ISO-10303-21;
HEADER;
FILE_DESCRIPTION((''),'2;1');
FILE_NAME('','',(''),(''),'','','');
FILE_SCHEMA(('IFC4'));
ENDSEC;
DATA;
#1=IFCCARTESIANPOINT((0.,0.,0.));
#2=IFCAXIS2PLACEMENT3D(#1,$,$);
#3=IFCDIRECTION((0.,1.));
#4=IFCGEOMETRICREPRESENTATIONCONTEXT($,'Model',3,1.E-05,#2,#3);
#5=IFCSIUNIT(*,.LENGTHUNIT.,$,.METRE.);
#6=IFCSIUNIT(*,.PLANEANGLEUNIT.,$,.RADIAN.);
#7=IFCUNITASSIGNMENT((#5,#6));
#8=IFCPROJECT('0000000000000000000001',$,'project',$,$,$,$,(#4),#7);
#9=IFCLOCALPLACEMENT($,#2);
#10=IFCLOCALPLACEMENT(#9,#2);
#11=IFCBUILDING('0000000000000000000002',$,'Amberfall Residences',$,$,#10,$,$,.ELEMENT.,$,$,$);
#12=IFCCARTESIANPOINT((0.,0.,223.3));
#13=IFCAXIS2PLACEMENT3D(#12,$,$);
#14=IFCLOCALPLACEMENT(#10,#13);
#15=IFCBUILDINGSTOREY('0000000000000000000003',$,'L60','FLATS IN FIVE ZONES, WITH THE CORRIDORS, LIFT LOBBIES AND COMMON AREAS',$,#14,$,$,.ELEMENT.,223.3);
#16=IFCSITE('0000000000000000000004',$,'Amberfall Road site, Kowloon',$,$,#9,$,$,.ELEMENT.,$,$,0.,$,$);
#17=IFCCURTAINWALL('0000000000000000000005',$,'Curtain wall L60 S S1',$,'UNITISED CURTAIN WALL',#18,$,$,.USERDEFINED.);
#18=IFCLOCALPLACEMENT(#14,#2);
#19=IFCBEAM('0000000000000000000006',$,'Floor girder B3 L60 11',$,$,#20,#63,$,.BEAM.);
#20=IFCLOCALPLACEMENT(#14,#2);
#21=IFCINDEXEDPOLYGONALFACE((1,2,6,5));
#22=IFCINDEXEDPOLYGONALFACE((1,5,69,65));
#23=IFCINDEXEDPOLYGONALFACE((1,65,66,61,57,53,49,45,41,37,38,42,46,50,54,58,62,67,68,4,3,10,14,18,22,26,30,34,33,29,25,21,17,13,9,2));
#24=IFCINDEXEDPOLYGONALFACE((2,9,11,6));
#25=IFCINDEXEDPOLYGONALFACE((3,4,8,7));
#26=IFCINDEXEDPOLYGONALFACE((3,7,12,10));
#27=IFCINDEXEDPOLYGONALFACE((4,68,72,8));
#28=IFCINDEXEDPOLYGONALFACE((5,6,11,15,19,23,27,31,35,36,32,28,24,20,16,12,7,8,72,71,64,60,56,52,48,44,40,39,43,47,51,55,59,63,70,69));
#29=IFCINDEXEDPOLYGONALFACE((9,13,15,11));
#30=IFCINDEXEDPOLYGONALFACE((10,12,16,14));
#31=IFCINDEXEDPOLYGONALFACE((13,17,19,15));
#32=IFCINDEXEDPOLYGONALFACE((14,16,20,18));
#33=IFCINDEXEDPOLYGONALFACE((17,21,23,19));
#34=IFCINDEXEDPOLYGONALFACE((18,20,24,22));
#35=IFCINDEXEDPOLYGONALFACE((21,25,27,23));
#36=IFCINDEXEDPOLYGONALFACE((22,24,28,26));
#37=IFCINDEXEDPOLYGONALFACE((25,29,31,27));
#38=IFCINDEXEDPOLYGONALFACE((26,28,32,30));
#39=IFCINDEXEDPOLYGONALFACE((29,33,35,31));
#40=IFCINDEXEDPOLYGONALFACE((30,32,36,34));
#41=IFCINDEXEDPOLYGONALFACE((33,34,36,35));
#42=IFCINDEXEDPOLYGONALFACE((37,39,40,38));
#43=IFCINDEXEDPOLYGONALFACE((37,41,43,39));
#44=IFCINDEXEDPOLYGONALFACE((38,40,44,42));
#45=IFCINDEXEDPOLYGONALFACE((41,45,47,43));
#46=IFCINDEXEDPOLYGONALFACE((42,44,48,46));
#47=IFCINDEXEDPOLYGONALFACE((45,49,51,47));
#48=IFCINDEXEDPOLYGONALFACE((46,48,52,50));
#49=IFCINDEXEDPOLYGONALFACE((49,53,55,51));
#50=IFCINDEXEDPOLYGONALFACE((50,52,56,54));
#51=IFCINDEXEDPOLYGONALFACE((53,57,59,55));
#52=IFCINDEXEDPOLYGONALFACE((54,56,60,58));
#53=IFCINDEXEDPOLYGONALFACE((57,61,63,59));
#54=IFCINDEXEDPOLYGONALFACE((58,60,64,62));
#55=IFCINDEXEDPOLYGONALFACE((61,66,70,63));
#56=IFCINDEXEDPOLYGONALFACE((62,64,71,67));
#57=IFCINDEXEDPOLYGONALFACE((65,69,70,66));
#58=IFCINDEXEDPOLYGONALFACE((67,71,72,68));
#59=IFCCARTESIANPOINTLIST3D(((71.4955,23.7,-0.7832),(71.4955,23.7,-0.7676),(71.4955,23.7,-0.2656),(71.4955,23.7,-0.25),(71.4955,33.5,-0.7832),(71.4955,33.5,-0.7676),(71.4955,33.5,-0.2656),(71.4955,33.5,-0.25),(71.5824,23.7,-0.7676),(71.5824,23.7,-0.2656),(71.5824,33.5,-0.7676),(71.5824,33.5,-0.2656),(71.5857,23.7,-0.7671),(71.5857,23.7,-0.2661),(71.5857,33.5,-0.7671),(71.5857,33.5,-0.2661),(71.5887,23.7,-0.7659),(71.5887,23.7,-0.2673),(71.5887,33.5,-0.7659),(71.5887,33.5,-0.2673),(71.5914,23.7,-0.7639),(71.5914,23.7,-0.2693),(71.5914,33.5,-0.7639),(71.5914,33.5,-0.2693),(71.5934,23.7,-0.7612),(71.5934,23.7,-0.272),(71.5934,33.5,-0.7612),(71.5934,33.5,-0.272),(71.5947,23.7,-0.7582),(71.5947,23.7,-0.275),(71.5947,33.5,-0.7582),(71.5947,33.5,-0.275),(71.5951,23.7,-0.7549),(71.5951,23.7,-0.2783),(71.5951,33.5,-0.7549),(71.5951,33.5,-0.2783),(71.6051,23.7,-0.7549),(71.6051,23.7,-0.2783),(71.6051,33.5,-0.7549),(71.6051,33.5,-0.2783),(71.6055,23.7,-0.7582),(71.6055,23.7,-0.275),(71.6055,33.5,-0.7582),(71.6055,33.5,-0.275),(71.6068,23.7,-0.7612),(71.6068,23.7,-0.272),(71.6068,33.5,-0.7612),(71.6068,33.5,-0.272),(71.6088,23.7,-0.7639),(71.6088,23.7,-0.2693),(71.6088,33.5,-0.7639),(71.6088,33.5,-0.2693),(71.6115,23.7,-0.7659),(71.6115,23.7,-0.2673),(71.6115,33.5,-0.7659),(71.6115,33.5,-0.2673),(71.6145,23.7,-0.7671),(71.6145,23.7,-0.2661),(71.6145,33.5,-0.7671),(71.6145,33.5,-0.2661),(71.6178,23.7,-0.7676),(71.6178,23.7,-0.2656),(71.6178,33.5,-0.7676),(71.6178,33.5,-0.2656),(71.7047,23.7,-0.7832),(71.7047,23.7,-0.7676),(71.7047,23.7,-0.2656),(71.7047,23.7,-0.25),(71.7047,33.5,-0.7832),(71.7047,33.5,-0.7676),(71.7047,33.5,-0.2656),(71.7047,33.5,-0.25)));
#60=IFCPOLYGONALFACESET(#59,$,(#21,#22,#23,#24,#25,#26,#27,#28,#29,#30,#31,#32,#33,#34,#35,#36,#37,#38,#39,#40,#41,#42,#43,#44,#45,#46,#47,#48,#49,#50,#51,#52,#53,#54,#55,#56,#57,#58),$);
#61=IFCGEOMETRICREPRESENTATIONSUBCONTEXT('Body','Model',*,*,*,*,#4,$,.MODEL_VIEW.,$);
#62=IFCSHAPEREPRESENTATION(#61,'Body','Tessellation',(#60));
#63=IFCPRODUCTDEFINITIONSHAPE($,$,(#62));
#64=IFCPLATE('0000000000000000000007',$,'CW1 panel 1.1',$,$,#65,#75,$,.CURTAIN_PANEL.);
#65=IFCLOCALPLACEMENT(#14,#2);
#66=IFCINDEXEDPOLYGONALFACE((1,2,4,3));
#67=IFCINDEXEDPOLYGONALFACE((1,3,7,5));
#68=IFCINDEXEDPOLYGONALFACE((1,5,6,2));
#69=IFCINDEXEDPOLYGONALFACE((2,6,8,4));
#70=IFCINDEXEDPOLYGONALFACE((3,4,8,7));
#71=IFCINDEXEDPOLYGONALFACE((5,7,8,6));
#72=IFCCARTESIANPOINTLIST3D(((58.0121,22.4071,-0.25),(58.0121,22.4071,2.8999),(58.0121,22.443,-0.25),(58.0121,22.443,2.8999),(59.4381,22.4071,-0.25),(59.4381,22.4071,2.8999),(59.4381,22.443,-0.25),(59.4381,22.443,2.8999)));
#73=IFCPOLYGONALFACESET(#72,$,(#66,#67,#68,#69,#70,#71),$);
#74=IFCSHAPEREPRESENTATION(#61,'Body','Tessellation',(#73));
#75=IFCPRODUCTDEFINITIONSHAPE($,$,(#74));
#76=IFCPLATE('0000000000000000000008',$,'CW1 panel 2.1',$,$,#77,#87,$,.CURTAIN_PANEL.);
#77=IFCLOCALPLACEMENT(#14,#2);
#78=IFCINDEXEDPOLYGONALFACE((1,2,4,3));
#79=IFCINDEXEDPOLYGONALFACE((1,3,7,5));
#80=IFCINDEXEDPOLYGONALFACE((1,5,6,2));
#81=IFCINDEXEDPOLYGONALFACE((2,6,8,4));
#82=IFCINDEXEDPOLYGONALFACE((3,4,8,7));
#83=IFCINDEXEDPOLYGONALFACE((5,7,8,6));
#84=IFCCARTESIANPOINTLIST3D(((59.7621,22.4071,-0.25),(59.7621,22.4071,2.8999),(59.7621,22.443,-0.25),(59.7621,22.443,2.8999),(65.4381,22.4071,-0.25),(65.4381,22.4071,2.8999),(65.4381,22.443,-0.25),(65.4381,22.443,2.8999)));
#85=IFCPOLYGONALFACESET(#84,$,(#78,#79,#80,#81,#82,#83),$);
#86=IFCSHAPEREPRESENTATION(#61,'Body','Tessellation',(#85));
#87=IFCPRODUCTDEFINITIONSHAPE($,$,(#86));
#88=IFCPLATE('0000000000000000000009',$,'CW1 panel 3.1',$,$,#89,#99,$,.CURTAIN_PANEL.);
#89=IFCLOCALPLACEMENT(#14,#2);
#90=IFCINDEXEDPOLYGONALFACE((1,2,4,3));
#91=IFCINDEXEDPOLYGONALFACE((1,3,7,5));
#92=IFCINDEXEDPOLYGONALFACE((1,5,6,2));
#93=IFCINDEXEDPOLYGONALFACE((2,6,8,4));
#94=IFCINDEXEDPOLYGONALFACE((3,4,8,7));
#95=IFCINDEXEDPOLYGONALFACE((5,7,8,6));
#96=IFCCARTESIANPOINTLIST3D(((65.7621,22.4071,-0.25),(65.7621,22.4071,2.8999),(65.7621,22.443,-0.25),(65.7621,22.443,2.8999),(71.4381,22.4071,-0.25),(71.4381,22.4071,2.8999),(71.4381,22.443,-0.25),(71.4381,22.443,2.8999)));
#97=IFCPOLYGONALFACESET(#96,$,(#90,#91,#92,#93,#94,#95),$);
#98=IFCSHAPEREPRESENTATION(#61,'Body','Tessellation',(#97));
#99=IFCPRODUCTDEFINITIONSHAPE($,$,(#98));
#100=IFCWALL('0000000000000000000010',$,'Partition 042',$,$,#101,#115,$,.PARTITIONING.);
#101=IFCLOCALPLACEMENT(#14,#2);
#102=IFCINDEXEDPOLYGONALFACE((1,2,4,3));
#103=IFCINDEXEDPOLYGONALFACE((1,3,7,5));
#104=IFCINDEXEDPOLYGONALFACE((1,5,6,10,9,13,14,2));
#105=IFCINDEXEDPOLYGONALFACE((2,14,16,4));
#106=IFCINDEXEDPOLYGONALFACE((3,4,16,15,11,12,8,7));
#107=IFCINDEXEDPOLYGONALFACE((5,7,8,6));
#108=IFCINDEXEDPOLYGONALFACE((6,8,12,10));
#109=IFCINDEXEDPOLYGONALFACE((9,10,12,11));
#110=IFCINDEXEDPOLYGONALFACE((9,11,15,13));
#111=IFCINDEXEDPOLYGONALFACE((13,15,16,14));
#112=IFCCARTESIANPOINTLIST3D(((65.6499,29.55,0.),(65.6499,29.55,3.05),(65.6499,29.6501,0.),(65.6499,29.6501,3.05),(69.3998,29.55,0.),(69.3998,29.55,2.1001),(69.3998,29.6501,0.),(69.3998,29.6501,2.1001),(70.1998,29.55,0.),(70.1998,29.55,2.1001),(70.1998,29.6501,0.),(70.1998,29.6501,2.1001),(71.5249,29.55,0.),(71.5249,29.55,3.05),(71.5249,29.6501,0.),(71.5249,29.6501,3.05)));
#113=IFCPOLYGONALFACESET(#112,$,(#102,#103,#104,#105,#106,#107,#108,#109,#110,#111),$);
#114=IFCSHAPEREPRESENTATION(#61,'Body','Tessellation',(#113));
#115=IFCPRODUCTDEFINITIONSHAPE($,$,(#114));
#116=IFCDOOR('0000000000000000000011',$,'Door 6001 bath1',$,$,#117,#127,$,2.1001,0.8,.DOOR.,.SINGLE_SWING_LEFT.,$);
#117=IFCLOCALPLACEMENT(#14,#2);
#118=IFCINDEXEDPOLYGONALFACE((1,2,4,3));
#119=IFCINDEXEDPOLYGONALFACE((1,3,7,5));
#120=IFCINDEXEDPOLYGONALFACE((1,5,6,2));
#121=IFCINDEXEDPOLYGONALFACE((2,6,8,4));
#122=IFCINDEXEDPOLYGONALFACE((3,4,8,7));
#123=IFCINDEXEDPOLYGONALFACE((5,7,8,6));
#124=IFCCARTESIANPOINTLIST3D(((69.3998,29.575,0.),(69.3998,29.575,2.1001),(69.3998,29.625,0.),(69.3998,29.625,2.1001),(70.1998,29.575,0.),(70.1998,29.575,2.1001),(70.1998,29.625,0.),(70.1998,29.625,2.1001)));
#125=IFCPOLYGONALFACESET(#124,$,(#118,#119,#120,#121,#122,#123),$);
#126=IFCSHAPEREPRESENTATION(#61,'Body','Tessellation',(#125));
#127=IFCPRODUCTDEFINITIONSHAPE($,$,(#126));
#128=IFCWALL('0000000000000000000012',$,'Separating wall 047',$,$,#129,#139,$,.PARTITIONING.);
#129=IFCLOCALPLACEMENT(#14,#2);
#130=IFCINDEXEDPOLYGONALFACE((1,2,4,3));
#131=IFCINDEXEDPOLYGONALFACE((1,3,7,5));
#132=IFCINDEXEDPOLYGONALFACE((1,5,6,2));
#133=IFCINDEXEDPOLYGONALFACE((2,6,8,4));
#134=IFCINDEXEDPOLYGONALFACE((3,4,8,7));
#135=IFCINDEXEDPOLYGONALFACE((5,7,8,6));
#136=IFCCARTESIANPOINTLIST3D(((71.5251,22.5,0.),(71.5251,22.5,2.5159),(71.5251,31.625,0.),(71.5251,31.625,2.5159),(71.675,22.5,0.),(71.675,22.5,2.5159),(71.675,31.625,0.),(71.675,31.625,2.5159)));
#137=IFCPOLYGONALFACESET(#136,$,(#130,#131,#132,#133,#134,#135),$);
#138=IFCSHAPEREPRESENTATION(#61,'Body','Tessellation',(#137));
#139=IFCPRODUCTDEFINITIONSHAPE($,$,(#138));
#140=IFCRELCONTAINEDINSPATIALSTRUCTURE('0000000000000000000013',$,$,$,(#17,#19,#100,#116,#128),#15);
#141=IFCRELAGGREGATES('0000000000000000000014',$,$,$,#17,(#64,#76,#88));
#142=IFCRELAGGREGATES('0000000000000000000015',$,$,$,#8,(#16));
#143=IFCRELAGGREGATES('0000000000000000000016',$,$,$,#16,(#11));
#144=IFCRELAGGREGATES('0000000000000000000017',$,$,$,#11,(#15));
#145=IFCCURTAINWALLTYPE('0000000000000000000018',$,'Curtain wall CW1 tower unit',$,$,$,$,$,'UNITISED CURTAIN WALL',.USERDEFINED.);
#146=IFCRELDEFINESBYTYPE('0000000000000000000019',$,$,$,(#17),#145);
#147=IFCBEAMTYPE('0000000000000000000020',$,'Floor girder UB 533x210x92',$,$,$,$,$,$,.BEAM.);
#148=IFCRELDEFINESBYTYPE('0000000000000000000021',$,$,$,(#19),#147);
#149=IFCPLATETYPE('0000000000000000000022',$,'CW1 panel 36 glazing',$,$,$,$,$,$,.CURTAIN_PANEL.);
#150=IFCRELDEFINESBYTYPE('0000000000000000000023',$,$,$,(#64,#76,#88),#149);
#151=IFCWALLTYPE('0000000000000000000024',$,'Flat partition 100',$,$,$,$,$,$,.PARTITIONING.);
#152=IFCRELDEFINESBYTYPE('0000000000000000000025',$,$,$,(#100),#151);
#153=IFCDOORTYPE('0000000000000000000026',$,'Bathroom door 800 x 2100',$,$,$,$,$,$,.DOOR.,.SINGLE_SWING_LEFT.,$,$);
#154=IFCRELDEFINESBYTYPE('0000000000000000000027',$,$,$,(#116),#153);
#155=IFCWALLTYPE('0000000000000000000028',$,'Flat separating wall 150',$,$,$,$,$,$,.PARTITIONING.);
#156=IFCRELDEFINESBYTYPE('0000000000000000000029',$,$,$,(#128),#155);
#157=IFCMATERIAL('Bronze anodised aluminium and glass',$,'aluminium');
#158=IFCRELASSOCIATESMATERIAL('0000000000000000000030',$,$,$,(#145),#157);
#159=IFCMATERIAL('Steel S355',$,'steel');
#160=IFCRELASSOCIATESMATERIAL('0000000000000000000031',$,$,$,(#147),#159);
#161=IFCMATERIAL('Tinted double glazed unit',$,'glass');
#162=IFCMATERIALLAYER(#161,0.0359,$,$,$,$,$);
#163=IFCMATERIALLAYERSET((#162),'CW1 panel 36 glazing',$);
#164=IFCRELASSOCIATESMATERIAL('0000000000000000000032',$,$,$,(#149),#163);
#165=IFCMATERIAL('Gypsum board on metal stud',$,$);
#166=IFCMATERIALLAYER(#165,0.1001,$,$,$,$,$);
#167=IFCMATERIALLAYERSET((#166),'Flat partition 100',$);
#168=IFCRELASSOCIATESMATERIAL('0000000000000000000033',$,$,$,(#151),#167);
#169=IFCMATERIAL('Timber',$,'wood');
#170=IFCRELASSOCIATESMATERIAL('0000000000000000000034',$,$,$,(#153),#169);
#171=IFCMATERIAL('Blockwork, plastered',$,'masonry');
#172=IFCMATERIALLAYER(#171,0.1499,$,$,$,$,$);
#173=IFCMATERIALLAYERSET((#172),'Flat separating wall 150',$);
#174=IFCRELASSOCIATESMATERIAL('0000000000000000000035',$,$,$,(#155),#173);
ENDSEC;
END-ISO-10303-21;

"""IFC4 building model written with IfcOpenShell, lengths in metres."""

from ifc_helpers import new_model, si_unit, direction, frame, frame_2d, origin, origin_2d, place, context, subcontext, project, spatial, rectangle, i_section, extrude, material, layer, layer_set, material_profile, profile_set, type_object, element, fill, aggregate, save


model = new_model("IFC4")

# Units and contexts
model_context = context("Model", 3, precision=1e-05, world=origin(), true_north=direction((0.0, 1.0)))
body_context = subcontext(model_context, "Body", "Model", "MODEL_VIEW")
ifc_project = project(units=[si_unit("LENGTHUNIT", "METRE"), si_unit("PLANEANGLEUNIT", "RADIAN")], contexts=[model_context])

# Site, building, storey
site_placement = place(None, origin())
site = spatial("IfcSite", under=ifc_project, at=site_placement, Name="Amberfall Road site, Kowloon", CompositionType="ELEMENT", RefElevation=0.0)
building_placement = place(site_placement, origin())
building = spatial("IfcBuilding", under=site, at=building_placement, Name="Amberfall Residences", CompositionType="ELEMENT")
storey_placement = place(building_placement, frame((0.0, 0.0, 223.3)))
storey = spatial("IfcBuildingStorey", under=building, at=storey_placement, Name="L60", Description="FLATS IN FIVE ZONES, WITH THE CORRIDORS, LIFT LOBBIES AND COMMON AREAS", CompositionType="ELEMENT", Elevation=223.3)

# Curtain wall
ifc_material_1 = material(Name="Bronze anodised aluminium and glass", Category="aluminium")
curtain_wall_type = type_object("IfcCurtainWallType", Name="Curtain wall CW1 tower unit", ElementType="UNITISED CURTAIN WALL", PredefinedType="USERDEFINED", material=ifc_material_1)
curtain_wall_placement = place(storey_placement, origin())
curtain_wall = element("IfcCurtainWall", 1, at=curtain_wall_placement, inside=storey, type_object=curtain_wall_type, Name="Curtain wall L60 S S1", ObjectType="UNITISED CURTAIN WALL", PredefinedType="USERDEFINED")

# Shared definitions
ifc_material_2 = material(Name="Steel S355", Category="steel")

# Beam
ifc_material_profile_1 = material_profile(ifc_material_2, i_section(OverallWidth=0.2092, OverallDepth=0.5332, WebThickness=0.01, FlangeThickness=0.0156, FilletRadius=0.0127, at=origin_2d()), Name="UB 533x210x92")
ifc_profile_set_1 = profile_set([ifc_material_profile_1], Name="Steel S355")
beam_type_1 = type_object("IfcBeamType", Name="Floor girder UB 533x210x92", PredefinedType="BEAM", material=ifc_profile_set_1)
for number, where, z_axis, x_axis, name in (
    (2, (71.6001, 23.7, -0.5166), (0.0, 1.0, 0.0), (-1.0, 0.0, 0.0), "Floor girder B3 L60 11"),
):
    element("IfcBeam", number, at=place(storey_placement, frame(where, z_axis=z_axis, x_axis=x_axis)), inside=storey, type_object=beam_type_1, Name=name, PredefinedType="BEAM", context=body_context, shape_type="SweptSolid", body=[
        extrude(i_section(OverallWidth=0.2092, OverallDepth=0.5332, WebThickness=0.01, FlangeThickness=0.0156, FilletRadius=0.0127, at=origin_2d()), origin(), (0.0, 0.0, 1.0), 9.8),
    ])

# Plates
ifc_material_3 = material(Name="Tinted double glazed unit", Category="glass")
ifc_layer_1 = layer(ifc_material_3, 0.0359)
ifc_layer_set_1 = layer_set([ifc_layer_1], Name="CW1 panel 36 glazing")
plate_type = type_object("IfcPlateType", Name="CW1 panel 36 glazing", PredefinedType="CURTAIN_PANEL", material=ifc_layer_set_1)
plate_1_placement = place(storey_placement, frame((58.7251, 22.425, -0.25), z_axis=(0.0, 0.0, 1.0), x_axis=(1.0, 0.0, 0.0)))
plate_1 = element("IfcPlate", 3, at=plate_1_placement, type_object=plate_type, Name="CW1 panel 1.1", PredefinedType="CURTAIN_PANEL", context=body_context, shape_type="SweptSolid", body=[
    extrude(rectangle(XDim=1.426, YDim=0.0359, at=origin_2d()), origin(), (0.0, 0.0, 1.0), 3.1499),
])
plate_2_placement = place(storey_placement, frame((62.6001, 22.425, -0.25), z_axis=(0.0, 0.0, 1.0), x_axis=(1.0, 0.0, 0.0)))
plate_2 = element("IfcPlate", 4, at=plate_2_placement, type_object=plate_type, Name="CW1 panel 2.1", PredefinedType="CURTAIN_PANEL", context=body_context, shape_type="SweptSolid", body=[
    extrude(rectangle(XDim=5.676, YDim=0.0359, at=origin_2d()), origin(), (0.0, 0.0, 1.0), 3.1499),
])
plate_3_placement = place(storey_placement, frame((68.6001, 22.425, -0.25), z_axis=(0.0, 0.0, 1.0), x_axis=(1.0, 0.0, 0.0)))
plate_3 = element("IfcPlate", 5, at=plate_3_placement, type_object=plate_type, Name="CW1 panel 3.1", PredefinedType="CURTAIN_PANEL", context=body_context, shape_type="SweptSolid", body=[
    extrude(rectangle(XDim=5.676, YDim=0.0359, at=origin_2d()), origin(), (0.0, 0.0, 1.0), 3.1499),
])
aggregate(curtain_wall, [plate_1, plate_2, plate_3])

# Wall, opening, door
ifc_material_4 = material(Name="Gypsum board on metal stud")
ifc_layer_2 = layer(ifc_material_4, 0.1001)
ifc_layer_set_2 = layer_set([ifc_layer_2], Name="Flat partition 100")
wall_type_1 = type_object("IfcWallType", Name="Flat partition 100", PredefinedType="PARTITIONING", material=ifc_layer_set_2)
wall_1_placement = place(storey_placement, frame((65.6499, 29.6001, 0.0), z_axis=(0.0, 0.0, 1.0), x_axis=(1.0, 0.0, 0.0)))
wall_1 = element("IfcWall", 6, at=wall_1_placement, inside=storey, type_object=wall_type_1, Name="Partition 042", PredefinedType="PARTITIONING", context=body_context, shape_type="SweptSolid", body=[
    extrude(rectangle(XDim=5.875, YDim=0.1001, at=frame_2d((2.9375, 0.0))), origin(), (0.0, 0.0, 1.0), 3.05),
])
opening_placement = place(wall_1_placement, frame((3.75, 0.0, 0.0)))
opening = element("IfcOpeningElement", 7, at=opening_placement, cuts=wall_1, PredefinedType="OPENING", context=body_context, shape_type="SweptSolid", body=[
    extrude(rectangle(XDim=0.8, YDim=2.1001, at=frame_2d((0.3999, 1.05))), frame((0.0, 0.0601, 0.0), z_axis=(0.0, -1.0, 0.0), x_axis=(1.0, 0.0, 0.0)), (0.0, 0.0, 1.0), 0.1201),
])
ifc_material_5 = material(Name="Timber", Category="wood")
door_type = type_object("IfcDoorType", Name="Bathroom door 800 x 2100", OperationType="SINGLE_SWING_LEFT", PredefinedType="DOOR", material=ifc_material_5)
door_placement = place(opening_placement, origin())
door = element("IfcDoor", 8, at=door_placement, inside=storey, type_object=door_type, Name="Door 6001 bath1", OperationType="SINGLE_SWING_LEFT", OverallHeight=2.1001, OverallWidth=0.8, PredefinedType="DOOR", context=body_context, shape_type="SweptSolid", body=[
    extrude(rectangle(XDim=0.8, YDim=2.1001, at=frame_2d((0.3999, 1.05))), frame((0.0, 0.0249, 0.0), z_axis=(0.0, -1.0, 0.0), x_axis=(1.0, 0.0, 0.0)), (0.0, 0.0, 1.0), 0.05),
])
fill(opening, door)

# Wall
ifc_material_6 = material(Name="Blockwork, plastered", Category="masonry")
ifc_layer_3 = layer(ifc_material_6, 0.1499)
ifc_layer_set_3 = layer_set([ifc_layer_3], Name="Flat separating wall 150")
wall_type_2 = type_object("IfcWallType", Name="Flat separating wall 150", PredefinedType="PARTITIONING", material=ifc_layer_set_3)
wall_2_placement = place(storey_placement, frame((71.6001, 22.5, 0.0), z_axis=(0.0, 0.0, 1.0), x_axis=(0.0, 1.0, 0.0)))
element("IfcWall", 9, at=wall_2_placement, inside=storey, type_object=wall_type_2, Name="Separating wall 047", PredefinedType="PARTITIONING", context=body_context, shape_type="SweptSolid", body=[
    extrude(rectangle(XDim=9.125, YDim=0.1499, at=frame_2d((4.5625, 0.0))), origin(), (0.0, 0.0, 1.0), 2.5159),
])

save(model, "model.ifc")
